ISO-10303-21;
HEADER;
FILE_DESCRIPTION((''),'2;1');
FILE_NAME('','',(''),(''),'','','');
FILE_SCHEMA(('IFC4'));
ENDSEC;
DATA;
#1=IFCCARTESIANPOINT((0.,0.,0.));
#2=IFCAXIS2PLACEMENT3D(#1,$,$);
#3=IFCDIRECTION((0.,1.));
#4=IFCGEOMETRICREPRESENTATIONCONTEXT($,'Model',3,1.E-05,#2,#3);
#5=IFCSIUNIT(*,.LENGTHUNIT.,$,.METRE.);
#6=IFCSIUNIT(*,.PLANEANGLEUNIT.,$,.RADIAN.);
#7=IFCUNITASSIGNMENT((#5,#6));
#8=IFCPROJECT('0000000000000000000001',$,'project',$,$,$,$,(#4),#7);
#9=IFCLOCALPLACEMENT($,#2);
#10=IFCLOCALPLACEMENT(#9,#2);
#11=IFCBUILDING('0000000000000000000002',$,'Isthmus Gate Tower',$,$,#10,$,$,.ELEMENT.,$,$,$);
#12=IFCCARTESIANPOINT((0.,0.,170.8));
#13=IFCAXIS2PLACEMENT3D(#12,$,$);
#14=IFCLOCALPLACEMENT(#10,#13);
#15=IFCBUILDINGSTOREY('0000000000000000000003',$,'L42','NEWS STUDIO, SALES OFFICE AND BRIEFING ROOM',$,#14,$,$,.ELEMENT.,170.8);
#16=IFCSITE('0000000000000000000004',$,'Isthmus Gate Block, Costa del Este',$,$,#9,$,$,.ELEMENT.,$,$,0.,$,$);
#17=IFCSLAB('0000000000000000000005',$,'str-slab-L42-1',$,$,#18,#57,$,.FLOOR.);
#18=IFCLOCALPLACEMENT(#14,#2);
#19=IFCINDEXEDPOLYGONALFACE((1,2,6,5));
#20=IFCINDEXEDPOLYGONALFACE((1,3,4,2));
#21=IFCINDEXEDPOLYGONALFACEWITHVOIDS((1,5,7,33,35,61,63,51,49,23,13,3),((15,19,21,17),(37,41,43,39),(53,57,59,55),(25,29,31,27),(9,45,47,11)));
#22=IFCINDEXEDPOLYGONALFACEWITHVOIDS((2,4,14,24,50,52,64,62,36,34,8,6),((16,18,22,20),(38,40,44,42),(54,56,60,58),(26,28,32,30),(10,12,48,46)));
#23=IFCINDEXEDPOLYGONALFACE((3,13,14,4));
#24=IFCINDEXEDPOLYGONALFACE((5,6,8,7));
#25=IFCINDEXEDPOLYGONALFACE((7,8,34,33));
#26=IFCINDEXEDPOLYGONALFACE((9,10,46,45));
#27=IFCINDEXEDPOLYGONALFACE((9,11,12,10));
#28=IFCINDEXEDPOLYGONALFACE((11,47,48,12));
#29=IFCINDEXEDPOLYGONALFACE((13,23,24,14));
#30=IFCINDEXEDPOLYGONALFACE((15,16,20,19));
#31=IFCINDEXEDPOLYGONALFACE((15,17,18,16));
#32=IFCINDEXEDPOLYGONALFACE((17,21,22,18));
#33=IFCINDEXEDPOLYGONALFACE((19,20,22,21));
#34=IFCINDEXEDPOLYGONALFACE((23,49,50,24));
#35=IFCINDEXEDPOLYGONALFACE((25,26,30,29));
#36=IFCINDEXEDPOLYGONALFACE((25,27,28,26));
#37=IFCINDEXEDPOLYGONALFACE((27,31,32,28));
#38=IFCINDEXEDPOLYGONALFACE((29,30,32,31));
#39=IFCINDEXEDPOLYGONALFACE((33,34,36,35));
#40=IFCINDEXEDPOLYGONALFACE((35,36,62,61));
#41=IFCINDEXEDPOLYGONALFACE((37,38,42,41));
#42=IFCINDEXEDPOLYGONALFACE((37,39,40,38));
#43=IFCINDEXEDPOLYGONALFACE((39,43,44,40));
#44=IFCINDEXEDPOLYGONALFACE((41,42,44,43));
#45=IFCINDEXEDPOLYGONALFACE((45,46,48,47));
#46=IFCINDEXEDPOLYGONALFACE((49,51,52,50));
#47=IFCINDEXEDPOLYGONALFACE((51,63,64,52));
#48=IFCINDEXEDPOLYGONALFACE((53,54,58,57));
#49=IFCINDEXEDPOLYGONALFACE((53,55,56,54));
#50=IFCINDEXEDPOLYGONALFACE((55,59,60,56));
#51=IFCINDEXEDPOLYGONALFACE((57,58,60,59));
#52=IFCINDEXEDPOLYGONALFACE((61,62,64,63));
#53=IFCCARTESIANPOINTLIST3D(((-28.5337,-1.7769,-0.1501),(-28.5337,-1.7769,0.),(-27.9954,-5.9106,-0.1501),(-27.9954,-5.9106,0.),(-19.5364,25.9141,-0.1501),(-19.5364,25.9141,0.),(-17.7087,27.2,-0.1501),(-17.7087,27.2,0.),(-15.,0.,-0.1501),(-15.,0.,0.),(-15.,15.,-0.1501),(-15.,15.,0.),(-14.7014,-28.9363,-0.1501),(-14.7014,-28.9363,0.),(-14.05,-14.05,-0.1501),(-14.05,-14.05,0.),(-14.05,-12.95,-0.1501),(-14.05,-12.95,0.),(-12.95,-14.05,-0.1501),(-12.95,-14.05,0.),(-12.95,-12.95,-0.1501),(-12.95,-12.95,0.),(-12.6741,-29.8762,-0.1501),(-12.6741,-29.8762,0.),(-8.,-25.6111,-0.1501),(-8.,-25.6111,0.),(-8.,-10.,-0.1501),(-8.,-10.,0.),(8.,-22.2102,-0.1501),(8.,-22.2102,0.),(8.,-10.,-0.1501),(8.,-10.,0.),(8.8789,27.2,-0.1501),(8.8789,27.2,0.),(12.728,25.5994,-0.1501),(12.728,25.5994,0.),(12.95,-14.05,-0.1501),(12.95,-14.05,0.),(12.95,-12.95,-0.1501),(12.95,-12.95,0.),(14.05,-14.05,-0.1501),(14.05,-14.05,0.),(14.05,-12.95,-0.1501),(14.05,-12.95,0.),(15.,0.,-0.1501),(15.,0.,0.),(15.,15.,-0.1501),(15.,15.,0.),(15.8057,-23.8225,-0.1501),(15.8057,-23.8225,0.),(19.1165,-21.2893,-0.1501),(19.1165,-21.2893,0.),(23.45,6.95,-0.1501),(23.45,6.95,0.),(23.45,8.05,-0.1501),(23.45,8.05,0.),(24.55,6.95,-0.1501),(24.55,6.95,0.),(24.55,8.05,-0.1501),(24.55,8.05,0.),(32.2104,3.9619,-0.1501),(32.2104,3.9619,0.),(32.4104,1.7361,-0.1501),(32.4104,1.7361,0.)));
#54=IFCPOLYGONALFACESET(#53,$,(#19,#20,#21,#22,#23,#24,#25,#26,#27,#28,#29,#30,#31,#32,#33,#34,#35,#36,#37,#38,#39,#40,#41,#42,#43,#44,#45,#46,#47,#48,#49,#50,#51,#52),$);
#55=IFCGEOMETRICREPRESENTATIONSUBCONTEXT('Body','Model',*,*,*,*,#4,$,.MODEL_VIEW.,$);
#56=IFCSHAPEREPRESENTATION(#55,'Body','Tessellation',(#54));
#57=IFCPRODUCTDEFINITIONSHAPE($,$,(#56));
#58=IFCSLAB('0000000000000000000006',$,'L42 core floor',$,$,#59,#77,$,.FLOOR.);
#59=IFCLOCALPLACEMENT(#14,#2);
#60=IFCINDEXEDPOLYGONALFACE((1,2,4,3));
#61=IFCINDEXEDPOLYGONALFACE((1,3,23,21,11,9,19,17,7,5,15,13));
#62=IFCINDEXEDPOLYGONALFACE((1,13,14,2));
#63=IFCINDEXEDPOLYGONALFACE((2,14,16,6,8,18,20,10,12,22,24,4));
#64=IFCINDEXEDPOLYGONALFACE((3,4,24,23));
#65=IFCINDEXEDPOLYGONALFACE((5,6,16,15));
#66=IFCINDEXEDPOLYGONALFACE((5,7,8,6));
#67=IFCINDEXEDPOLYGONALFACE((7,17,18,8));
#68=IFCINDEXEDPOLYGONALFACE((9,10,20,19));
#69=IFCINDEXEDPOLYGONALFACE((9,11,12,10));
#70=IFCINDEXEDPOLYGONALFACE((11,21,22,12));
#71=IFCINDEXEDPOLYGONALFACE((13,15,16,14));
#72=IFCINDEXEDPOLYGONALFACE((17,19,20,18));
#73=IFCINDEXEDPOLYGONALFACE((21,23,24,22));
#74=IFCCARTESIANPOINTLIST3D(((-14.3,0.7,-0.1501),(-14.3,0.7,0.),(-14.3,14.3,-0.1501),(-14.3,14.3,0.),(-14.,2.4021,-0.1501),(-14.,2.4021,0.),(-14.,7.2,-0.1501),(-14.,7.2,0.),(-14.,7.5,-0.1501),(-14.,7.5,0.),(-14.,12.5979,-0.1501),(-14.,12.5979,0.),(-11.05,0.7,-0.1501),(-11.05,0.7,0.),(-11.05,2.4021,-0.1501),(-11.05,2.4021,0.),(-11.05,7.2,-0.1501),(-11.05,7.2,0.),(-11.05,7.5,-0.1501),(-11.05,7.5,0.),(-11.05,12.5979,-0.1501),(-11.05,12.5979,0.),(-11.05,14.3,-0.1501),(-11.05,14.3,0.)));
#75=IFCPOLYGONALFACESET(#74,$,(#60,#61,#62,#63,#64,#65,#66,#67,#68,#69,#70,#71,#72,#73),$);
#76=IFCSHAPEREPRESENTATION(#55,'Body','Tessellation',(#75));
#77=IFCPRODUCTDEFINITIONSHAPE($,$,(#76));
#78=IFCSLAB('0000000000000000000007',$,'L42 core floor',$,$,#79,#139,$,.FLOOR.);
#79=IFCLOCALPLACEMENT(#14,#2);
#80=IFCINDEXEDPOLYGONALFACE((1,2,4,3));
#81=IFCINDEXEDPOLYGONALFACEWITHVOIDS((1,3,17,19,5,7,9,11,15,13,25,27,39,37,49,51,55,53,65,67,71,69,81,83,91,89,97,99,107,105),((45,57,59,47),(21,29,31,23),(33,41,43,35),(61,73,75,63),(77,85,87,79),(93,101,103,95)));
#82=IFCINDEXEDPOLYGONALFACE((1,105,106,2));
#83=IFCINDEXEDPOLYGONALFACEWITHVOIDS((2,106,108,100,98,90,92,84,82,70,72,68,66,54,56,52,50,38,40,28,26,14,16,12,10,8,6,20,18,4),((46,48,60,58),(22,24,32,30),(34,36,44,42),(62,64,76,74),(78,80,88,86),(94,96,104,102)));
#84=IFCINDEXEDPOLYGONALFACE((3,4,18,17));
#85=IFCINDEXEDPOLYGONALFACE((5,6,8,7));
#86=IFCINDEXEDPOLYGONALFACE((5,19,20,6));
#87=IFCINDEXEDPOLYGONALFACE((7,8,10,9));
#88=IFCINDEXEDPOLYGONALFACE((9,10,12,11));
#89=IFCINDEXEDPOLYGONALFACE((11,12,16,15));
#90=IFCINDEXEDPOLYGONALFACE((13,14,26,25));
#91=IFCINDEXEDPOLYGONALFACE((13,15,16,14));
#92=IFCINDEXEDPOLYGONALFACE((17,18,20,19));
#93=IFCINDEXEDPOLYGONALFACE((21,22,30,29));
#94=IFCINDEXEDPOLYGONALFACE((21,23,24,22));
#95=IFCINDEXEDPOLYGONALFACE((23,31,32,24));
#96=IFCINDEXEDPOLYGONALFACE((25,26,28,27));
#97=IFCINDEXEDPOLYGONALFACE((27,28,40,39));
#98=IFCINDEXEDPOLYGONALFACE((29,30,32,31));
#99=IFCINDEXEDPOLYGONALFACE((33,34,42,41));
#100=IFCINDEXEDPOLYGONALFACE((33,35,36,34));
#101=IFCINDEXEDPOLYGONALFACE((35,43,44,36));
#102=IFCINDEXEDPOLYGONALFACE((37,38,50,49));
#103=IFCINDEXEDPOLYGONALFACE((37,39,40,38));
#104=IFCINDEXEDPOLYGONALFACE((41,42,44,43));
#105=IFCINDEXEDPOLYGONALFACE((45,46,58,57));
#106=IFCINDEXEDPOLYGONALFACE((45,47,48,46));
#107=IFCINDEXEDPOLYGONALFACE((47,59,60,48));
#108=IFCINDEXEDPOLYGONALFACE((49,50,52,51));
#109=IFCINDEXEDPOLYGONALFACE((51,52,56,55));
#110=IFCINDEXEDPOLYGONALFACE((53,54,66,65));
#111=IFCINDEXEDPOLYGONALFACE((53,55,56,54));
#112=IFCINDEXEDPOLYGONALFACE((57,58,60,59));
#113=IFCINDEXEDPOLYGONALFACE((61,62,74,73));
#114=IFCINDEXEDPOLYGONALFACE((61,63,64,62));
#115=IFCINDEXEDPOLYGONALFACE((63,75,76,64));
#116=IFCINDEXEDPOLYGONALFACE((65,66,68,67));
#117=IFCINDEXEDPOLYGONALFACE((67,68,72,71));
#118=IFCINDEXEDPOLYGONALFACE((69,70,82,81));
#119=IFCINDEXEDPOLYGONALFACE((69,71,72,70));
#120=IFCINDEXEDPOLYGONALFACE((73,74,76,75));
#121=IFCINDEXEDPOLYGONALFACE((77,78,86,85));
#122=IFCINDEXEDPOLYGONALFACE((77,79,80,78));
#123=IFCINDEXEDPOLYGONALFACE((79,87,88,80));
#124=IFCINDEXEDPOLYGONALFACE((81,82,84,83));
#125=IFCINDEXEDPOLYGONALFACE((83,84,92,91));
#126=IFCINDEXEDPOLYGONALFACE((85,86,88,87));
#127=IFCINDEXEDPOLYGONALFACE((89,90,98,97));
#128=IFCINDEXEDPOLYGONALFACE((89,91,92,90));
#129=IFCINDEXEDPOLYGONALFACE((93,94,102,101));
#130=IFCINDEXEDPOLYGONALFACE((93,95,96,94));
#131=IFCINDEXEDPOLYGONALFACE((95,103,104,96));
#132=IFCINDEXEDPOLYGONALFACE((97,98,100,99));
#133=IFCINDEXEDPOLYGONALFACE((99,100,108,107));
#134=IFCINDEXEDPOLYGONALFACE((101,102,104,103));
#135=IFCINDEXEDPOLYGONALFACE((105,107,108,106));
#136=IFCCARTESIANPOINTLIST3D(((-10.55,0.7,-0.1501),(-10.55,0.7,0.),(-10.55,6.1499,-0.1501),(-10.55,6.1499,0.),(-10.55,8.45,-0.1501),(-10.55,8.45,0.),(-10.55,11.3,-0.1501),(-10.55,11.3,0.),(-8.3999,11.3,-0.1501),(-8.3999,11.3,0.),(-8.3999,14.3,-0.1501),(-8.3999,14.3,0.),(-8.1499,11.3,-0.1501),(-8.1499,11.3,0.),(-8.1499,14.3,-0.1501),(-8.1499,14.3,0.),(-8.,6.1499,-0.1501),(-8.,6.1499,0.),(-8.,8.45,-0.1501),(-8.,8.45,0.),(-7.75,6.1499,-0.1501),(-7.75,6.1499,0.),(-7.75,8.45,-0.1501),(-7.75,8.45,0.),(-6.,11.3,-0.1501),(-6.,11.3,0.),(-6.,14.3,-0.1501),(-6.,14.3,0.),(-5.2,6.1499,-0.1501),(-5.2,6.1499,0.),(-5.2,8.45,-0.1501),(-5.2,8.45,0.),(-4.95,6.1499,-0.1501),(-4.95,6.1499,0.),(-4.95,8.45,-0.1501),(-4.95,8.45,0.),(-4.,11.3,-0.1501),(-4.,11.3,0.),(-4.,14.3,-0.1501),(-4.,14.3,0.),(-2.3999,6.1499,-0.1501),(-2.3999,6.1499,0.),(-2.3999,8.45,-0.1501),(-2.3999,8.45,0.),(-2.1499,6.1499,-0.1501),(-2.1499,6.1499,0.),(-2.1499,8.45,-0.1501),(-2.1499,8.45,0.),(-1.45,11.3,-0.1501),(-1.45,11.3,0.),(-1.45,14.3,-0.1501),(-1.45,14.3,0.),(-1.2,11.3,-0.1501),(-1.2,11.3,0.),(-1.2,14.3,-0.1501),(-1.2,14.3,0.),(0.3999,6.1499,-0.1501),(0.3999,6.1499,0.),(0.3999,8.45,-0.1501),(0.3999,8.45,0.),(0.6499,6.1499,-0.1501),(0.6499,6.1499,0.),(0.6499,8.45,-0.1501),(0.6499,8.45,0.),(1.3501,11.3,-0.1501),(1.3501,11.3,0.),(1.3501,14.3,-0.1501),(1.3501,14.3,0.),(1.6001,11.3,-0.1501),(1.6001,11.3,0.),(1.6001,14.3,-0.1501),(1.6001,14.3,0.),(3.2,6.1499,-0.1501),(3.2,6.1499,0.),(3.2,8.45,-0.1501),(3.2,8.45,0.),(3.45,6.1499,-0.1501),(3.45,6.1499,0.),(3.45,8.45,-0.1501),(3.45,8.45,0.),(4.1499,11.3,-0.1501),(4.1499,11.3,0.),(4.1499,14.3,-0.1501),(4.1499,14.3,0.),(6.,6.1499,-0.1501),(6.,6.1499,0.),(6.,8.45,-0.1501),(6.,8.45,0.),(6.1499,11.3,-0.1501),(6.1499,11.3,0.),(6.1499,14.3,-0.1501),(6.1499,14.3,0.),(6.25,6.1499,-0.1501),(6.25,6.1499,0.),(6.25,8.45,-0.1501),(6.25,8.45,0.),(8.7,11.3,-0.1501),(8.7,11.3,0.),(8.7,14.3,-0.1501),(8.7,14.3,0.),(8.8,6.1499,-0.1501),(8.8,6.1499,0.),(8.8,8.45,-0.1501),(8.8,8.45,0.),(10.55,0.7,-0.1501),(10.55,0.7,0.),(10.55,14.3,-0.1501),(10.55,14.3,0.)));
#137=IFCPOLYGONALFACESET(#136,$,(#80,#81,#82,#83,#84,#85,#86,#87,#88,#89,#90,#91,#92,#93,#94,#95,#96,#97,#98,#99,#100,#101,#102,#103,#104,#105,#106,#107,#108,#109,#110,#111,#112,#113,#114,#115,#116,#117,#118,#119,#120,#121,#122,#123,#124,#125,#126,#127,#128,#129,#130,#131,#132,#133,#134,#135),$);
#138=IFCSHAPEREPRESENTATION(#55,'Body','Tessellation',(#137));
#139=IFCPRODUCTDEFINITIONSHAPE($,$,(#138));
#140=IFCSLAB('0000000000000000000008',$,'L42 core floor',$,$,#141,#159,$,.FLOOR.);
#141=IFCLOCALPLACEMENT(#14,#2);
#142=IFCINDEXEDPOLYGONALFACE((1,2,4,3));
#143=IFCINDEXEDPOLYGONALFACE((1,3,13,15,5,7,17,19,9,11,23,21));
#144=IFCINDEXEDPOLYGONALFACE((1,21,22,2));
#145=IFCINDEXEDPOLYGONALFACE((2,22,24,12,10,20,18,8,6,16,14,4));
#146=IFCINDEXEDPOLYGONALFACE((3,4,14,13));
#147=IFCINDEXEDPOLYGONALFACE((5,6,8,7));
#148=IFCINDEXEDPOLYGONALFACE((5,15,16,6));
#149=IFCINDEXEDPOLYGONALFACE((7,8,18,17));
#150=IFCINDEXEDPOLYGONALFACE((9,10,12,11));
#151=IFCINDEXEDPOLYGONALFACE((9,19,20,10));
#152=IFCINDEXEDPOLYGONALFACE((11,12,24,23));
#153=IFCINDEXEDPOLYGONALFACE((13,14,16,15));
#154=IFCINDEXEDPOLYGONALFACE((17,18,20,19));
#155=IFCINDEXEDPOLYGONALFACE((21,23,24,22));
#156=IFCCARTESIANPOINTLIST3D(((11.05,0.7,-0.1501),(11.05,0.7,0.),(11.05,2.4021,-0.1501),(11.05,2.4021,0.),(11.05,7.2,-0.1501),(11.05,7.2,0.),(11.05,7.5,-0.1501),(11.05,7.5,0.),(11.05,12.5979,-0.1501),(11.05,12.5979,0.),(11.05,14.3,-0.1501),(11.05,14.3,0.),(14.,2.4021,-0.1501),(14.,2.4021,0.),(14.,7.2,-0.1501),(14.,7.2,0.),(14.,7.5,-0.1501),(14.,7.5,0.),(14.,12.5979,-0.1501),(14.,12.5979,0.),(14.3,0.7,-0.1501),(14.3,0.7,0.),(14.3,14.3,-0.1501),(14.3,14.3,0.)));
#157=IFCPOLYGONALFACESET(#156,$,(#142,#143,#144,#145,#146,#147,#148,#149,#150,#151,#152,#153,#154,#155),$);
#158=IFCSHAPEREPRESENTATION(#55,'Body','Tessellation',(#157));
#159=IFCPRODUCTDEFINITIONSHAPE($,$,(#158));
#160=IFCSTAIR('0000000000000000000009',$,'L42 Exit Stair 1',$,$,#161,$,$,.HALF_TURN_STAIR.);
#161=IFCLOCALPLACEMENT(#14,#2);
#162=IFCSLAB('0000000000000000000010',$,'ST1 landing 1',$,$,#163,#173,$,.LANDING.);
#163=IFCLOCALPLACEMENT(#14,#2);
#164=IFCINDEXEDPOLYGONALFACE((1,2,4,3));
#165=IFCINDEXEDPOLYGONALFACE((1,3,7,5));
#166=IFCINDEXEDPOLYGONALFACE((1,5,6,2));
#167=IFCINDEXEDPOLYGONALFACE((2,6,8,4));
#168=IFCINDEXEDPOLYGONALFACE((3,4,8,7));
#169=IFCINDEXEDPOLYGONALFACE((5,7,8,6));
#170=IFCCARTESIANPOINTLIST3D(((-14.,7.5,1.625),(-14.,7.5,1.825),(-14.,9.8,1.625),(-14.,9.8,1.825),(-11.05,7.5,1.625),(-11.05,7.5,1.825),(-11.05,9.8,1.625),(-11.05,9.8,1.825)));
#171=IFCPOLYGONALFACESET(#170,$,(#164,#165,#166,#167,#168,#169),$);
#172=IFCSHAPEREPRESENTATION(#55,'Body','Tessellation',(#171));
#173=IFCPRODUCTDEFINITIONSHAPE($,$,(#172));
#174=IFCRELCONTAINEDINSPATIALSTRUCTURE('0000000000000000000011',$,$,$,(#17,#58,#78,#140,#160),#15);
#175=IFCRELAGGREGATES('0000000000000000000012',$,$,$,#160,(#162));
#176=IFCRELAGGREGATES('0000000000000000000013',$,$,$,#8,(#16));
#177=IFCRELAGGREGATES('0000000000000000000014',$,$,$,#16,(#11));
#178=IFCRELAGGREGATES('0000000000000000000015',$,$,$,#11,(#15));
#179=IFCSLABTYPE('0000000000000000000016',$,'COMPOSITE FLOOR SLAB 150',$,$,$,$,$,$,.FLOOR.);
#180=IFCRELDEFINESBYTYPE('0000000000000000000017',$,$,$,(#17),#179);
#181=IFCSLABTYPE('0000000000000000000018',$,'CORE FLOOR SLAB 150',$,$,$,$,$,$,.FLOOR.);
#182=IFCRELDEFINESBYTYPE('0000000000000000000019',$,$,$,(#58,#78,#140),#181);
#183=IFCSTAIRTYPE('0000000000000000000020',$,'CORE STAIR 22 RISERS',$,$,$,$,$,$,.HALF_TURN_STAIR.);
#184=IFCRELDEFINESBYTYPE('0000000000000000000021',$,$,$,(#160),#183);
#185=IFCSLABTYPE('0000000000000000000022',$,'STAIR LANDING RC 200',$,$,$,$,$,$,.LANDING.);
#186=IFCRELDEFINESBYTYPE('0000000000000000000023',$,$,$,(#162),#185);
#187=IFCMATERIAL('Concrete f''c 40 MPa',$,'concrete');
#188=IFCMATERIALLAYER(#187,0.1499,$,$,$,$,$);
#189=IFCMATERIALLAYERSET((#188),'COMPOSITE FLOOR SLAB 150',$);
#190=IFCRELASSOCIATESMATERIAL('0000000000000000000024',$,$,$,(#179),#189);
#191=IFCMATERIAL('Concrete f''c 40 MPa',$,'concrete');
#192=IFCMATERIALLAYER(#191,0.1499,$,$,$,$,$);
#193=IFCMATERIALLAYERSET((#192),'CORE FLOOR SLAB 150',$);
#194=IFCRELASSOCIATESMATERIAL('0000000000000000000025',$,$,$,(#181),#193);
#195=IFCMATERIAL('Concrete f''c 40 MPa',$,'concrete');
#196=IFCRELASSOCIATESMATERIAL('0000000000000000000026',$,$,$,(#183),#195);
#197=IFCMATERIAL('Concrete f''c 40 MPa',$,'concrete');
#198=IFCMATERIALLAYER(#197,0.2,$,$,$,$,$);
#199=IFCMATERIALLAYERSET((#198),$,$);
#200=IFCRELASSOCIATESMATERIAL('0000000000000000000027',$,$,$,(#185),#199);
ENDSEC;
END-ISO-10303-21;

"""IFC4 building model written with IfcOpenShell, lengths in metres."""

from ifc_helpers import new_model, si_unit, direction, frame, origin, place, context, subcontext, project, spatial, polyline, outline, extrude, material, layer, layer_set, type_object, element, aggregate, save


model = new_model("IFC4")

# Units and contexts
model_context = context("Model", 3, precision=1e-05, world=origin(), true_north=direction((0.0, 1.0)))
body_context = subcontext(model_context, "Body", "Model", "MODEL_VIEW")
ifc_project = project(units=[si_unit("LENGTHUNIT", "METRE"), si_unit("PLANEANGLEUNIT", "RADIAN")], contexts=[model_context])

# Site, building, storey
site_placement = place(None, origin())
site = spatial("IfcSite", under=ifc_project, at=site_placement, Name="Isthmus Gate Block, Costa del Este", CompositionType="ELEMENT", RefElevation=0.0)
building_placement = place(site_placement, origin())
building = spatial("IfcBuilding", under=site, at=building_placement, Name="Isthmus Gate Tower", CompositionType="ELEMENT")
storey_placement = place(building_placement, frame((0.0, 0.0, 170.8)))
storey = spatial("IfcBuildingStorey", under=building, at=storey_placement, Name="L42", Description="NEWS STUDIO, SALES OFFICE AND BRIEFING ROOM", CompositionType="ELEMENT", Elevation=170.8)

# Slabs
ifc_material_1 = material(Name="Concrete f'c 40 MPa", Category="concrete")
ifc_layer_1 = layer(ifc_material_1, 0.1499)
ifc_layer_set_1 = layer_set([ifc_layer_1], Name="COMPOSITE FLOOR SLAB 150")
slab_type_1 = type_object("IfcSlabType", Name="COMPOSITE FLOOR SLAB 150", PredefinedType="FLOOR", material=ifc_layer_set_1)
slab_1_placement = place(storey_placement, frame((0.0, 0.0, -0.1501)))
element("IfcSlab", 1, at=slab_1_placement, inside=storey, type_object=slab_type_1, Name="str-slab-L42-1", PredefinedType="FLOOR", context=body_context, shape_type="SweptSolid", body=[
    extrude(outline(polyline([(12.728, 25.5994), (32.2104, 3.9619), (32.4104, 1.7361), (19.1165, -21.2893), (15.8057, -23.8225), (-12.6741, -29.8762), (-14.7014, -28.9363), (-27.9954, -5.9106), (-28.5337, -1.7769), (-19.5364, 25.9141), (-17.7087, 27.2), (8.8789, 27.2), (12.728, 25.5994)]), holes=[polyline([(-8.0, -10.0), (-8.0, -25.6111), (8.0, -22.2102), (8.0, -10.0), (-8.0, -10.0)]), polyline([(-14.05, -12.95), (-14.05, -14.05), (-12.95, -14.05), (-12.95, -12.95), (-14.05, -12.95)]), polyline([(14.05, -12.95), (12.95, -12.95), (12.95, -14.05), (14.05, -14.05), (14.05, -12.95)]), polyline([(-15.0, 15.0), (-15.0, 0.0), (15.0, 0.0), (15.0, 15.0), (-15.0, 15.0)]), polyline([(24.55, 6.95), (24.55, 8.05), (23.45, 8.05), (23.45, 6.95), (24.55, 6.95)])]), origin(), (0.0, 0.0, 1.0), 0.1501),
])
ifc_material_2 = material(Name="Concrete f'c 40 MPa", Category="concrete")
ifc_layer_2 = layer(ifc_material_2, 0.1499)
ifc_layer_set_2 = layer_set([ifc_layer_2], Name="CORE FLOOR SLAB 150")
slab_type_2 = type_object("IfcSlabType", Name="CORE FLOOR SLAB 150", PredefinedType="FLOOR", material=ifc_layer_set_2)
slab_2_placement = place(storey_placement, frame((0.0, 0.0, -0.1501)))
element("IfcSlab", 2, at=slab_2_placement, inside=storey, type_object=slab_type_2, Name="L42 core floor", PredefinedType="FLOOR", context=body_context, shape_type="SweptSolid", body=[
    extrude(outline(polyline([(-11.05, 0.7), (-11.05, 2.4021), (-14.0, 2.4021), (-14.0, 7.2), (-11.05, 7.2), (-11.05, 7.5), (-14.0, 7.5), (-14.0, 12.5979), (-11.05, 12.5979), (-11.05, 14.3), (-14.3, 14.3), (-14.3, 0.7), (-11.05, 0.7)])), origin(), (0.0, 0.0, 1.0), 0.1501),
])
slab_3_placement = place(storey_placement, frame((0.0, 0.0, -0.1501)))
element("IfcSlab", 3, at=slab_3_placement, inside=storey, type_object=slab_type_2, Name="L42 core floor", PredefinedType="FLOOR", context=body_context, shape_type="SweptSolid", body=[
    extrude(outline(polyline([(10.55, 14.3), (8.7, 14.3), (8.7, 11.3), (6.1499, 11.3), (6.1499, 14.3), (4.1499, 14.3), (4.1499, 11.3), (1.6001, 11.3), (1.6001, 14.3), (1.3501, 14.3), (1.3501, 11.3), (-1.2, 11.3), (-1.2, 14.3), (-1.45, 14.3), (-1.45, 11.3), (-4.0, 11.3), (-4.0, 14.3), (-6.0, 14.3), (-6.0, 11.3), (-8.1499, 11.3), (-8.1499, 14.3), (-8.3999, 14.3), (-8.3999, 11.3), (-10.55, 11.3), (-10.55, 8.45), (-8.0, 8.45), (-8.0, 6.1499), (-10.55, 6.1499), (-10.55, 0.7), (10.55, 0.7), (10.55, 14.3)]), holes=[polyline([(-5.2, 8.45), (-5.2, 6.1499), (-7.75, 6.1499), (-7.75, 8.45), (-5.2, 8.45)]), polyline([(-2.3999, 8.45), (-2.3999, 6.1499), (-4.95, 6.1499), (-4.95, 8.45), (-2.3999, 8.45)]), polyline([(0.3999, 8.45), (0.3999, 6.1499), (-2.1499, 6.1499), (-2.1499, 8.45), (0.3999, 8.45)]), polyline([(3.2, 8.45), (3.2, 6.1499), (0.6499, 6.1499), (0.6499, 8.45), (3.2, 8.45)]), polyline([(6.0, 8.45), (6.0, 6.1499), (3.45, 6.1499), (3.45, 8.45), (6.0, 8.45)]), polyline([(8.8, 8.45), (8.8, 6.1499), (6.25, 6.1499), (6.25, 8.45), (8.8, 8.45)])]), origin(), (0.0, 0.0, 1.0), 0.1501),
])
slab_4_placement = place(storey_placement, frame((0.0, 0.0, -0.1501)))
element("IfcSlab", 4, at=slab_4_placement, inside=storey, type_object=slab_type_2, Name="L42 core floor", PredefinedType="FLOOR", context=body_context, shape_type="SweptSolid", body=[
    extrude(outline(polyline([(11.05, 14.3), (11.05, 12.5979), (14.0, 12.5979), (14.0, 7.5), (11.05, 7.5), (11.05, 7.2), (14.0, 7.2), (14.0, 2.4021), (11.05, 2.4021), (11.05, 0.7), (14.3, 0.7), (14.3, 14.3), (11.05, 14.3)])), origin(), (0.0, 0.0, 1.0), 0.1501),
])

# Stair, slab
ifc_material_3 = material(Name="Concrete f'c 40 MPa", Category="concrete")
stair_type = type_object("IfcStairType", Name="CORE STAIR 22 RISERS", PredefinedType="HALF_TURN_STAIR", material=ifc_material_3)
stair_placement = place(storey_placement, origin())
stair = element("IfcStair", 5, at=stair_placement, inside=storey, type_object=stair_type, Name="L42 Exit Stair 1", PredefinedType="HALF_TURN_STAIR")
ifc_material_4 = material(Name="Concrete f'c 40 MPa", Category="concrete")
ifc_layer_3 = layer(ifc_material_4, 0.2)
ifc_layer_set_3 = layer_set([ifc_layer_3])
slab_type_3 = type_object("IfcSlabType", Name="STAIR LANDING RC 200", PredefinedType="LANDING", material=ifc_layer_set_3)
slab_5_placement = place(storey_placement, frame((0.0, 0.0, 1.625)))
slab_5 = element("IfcSlab", 6, at=slab_5_placement, type_object=slab_type_3, Name="ST1 landing 1", PredefinedType="LANDING", context=body_context, shape_type="SweptSolid", body=[
    extrude(outline(polyline([(-14.0, 9.8), (-14.0, 7.5), (-11.05, 7.5), (-11.05, 9.8), (-14.0, 9.8)])), origin(), (0.0, 0.0, 1.0), 0.2),
])
aggregate(stair, [slab_5])

save(model, "model.ifc")
